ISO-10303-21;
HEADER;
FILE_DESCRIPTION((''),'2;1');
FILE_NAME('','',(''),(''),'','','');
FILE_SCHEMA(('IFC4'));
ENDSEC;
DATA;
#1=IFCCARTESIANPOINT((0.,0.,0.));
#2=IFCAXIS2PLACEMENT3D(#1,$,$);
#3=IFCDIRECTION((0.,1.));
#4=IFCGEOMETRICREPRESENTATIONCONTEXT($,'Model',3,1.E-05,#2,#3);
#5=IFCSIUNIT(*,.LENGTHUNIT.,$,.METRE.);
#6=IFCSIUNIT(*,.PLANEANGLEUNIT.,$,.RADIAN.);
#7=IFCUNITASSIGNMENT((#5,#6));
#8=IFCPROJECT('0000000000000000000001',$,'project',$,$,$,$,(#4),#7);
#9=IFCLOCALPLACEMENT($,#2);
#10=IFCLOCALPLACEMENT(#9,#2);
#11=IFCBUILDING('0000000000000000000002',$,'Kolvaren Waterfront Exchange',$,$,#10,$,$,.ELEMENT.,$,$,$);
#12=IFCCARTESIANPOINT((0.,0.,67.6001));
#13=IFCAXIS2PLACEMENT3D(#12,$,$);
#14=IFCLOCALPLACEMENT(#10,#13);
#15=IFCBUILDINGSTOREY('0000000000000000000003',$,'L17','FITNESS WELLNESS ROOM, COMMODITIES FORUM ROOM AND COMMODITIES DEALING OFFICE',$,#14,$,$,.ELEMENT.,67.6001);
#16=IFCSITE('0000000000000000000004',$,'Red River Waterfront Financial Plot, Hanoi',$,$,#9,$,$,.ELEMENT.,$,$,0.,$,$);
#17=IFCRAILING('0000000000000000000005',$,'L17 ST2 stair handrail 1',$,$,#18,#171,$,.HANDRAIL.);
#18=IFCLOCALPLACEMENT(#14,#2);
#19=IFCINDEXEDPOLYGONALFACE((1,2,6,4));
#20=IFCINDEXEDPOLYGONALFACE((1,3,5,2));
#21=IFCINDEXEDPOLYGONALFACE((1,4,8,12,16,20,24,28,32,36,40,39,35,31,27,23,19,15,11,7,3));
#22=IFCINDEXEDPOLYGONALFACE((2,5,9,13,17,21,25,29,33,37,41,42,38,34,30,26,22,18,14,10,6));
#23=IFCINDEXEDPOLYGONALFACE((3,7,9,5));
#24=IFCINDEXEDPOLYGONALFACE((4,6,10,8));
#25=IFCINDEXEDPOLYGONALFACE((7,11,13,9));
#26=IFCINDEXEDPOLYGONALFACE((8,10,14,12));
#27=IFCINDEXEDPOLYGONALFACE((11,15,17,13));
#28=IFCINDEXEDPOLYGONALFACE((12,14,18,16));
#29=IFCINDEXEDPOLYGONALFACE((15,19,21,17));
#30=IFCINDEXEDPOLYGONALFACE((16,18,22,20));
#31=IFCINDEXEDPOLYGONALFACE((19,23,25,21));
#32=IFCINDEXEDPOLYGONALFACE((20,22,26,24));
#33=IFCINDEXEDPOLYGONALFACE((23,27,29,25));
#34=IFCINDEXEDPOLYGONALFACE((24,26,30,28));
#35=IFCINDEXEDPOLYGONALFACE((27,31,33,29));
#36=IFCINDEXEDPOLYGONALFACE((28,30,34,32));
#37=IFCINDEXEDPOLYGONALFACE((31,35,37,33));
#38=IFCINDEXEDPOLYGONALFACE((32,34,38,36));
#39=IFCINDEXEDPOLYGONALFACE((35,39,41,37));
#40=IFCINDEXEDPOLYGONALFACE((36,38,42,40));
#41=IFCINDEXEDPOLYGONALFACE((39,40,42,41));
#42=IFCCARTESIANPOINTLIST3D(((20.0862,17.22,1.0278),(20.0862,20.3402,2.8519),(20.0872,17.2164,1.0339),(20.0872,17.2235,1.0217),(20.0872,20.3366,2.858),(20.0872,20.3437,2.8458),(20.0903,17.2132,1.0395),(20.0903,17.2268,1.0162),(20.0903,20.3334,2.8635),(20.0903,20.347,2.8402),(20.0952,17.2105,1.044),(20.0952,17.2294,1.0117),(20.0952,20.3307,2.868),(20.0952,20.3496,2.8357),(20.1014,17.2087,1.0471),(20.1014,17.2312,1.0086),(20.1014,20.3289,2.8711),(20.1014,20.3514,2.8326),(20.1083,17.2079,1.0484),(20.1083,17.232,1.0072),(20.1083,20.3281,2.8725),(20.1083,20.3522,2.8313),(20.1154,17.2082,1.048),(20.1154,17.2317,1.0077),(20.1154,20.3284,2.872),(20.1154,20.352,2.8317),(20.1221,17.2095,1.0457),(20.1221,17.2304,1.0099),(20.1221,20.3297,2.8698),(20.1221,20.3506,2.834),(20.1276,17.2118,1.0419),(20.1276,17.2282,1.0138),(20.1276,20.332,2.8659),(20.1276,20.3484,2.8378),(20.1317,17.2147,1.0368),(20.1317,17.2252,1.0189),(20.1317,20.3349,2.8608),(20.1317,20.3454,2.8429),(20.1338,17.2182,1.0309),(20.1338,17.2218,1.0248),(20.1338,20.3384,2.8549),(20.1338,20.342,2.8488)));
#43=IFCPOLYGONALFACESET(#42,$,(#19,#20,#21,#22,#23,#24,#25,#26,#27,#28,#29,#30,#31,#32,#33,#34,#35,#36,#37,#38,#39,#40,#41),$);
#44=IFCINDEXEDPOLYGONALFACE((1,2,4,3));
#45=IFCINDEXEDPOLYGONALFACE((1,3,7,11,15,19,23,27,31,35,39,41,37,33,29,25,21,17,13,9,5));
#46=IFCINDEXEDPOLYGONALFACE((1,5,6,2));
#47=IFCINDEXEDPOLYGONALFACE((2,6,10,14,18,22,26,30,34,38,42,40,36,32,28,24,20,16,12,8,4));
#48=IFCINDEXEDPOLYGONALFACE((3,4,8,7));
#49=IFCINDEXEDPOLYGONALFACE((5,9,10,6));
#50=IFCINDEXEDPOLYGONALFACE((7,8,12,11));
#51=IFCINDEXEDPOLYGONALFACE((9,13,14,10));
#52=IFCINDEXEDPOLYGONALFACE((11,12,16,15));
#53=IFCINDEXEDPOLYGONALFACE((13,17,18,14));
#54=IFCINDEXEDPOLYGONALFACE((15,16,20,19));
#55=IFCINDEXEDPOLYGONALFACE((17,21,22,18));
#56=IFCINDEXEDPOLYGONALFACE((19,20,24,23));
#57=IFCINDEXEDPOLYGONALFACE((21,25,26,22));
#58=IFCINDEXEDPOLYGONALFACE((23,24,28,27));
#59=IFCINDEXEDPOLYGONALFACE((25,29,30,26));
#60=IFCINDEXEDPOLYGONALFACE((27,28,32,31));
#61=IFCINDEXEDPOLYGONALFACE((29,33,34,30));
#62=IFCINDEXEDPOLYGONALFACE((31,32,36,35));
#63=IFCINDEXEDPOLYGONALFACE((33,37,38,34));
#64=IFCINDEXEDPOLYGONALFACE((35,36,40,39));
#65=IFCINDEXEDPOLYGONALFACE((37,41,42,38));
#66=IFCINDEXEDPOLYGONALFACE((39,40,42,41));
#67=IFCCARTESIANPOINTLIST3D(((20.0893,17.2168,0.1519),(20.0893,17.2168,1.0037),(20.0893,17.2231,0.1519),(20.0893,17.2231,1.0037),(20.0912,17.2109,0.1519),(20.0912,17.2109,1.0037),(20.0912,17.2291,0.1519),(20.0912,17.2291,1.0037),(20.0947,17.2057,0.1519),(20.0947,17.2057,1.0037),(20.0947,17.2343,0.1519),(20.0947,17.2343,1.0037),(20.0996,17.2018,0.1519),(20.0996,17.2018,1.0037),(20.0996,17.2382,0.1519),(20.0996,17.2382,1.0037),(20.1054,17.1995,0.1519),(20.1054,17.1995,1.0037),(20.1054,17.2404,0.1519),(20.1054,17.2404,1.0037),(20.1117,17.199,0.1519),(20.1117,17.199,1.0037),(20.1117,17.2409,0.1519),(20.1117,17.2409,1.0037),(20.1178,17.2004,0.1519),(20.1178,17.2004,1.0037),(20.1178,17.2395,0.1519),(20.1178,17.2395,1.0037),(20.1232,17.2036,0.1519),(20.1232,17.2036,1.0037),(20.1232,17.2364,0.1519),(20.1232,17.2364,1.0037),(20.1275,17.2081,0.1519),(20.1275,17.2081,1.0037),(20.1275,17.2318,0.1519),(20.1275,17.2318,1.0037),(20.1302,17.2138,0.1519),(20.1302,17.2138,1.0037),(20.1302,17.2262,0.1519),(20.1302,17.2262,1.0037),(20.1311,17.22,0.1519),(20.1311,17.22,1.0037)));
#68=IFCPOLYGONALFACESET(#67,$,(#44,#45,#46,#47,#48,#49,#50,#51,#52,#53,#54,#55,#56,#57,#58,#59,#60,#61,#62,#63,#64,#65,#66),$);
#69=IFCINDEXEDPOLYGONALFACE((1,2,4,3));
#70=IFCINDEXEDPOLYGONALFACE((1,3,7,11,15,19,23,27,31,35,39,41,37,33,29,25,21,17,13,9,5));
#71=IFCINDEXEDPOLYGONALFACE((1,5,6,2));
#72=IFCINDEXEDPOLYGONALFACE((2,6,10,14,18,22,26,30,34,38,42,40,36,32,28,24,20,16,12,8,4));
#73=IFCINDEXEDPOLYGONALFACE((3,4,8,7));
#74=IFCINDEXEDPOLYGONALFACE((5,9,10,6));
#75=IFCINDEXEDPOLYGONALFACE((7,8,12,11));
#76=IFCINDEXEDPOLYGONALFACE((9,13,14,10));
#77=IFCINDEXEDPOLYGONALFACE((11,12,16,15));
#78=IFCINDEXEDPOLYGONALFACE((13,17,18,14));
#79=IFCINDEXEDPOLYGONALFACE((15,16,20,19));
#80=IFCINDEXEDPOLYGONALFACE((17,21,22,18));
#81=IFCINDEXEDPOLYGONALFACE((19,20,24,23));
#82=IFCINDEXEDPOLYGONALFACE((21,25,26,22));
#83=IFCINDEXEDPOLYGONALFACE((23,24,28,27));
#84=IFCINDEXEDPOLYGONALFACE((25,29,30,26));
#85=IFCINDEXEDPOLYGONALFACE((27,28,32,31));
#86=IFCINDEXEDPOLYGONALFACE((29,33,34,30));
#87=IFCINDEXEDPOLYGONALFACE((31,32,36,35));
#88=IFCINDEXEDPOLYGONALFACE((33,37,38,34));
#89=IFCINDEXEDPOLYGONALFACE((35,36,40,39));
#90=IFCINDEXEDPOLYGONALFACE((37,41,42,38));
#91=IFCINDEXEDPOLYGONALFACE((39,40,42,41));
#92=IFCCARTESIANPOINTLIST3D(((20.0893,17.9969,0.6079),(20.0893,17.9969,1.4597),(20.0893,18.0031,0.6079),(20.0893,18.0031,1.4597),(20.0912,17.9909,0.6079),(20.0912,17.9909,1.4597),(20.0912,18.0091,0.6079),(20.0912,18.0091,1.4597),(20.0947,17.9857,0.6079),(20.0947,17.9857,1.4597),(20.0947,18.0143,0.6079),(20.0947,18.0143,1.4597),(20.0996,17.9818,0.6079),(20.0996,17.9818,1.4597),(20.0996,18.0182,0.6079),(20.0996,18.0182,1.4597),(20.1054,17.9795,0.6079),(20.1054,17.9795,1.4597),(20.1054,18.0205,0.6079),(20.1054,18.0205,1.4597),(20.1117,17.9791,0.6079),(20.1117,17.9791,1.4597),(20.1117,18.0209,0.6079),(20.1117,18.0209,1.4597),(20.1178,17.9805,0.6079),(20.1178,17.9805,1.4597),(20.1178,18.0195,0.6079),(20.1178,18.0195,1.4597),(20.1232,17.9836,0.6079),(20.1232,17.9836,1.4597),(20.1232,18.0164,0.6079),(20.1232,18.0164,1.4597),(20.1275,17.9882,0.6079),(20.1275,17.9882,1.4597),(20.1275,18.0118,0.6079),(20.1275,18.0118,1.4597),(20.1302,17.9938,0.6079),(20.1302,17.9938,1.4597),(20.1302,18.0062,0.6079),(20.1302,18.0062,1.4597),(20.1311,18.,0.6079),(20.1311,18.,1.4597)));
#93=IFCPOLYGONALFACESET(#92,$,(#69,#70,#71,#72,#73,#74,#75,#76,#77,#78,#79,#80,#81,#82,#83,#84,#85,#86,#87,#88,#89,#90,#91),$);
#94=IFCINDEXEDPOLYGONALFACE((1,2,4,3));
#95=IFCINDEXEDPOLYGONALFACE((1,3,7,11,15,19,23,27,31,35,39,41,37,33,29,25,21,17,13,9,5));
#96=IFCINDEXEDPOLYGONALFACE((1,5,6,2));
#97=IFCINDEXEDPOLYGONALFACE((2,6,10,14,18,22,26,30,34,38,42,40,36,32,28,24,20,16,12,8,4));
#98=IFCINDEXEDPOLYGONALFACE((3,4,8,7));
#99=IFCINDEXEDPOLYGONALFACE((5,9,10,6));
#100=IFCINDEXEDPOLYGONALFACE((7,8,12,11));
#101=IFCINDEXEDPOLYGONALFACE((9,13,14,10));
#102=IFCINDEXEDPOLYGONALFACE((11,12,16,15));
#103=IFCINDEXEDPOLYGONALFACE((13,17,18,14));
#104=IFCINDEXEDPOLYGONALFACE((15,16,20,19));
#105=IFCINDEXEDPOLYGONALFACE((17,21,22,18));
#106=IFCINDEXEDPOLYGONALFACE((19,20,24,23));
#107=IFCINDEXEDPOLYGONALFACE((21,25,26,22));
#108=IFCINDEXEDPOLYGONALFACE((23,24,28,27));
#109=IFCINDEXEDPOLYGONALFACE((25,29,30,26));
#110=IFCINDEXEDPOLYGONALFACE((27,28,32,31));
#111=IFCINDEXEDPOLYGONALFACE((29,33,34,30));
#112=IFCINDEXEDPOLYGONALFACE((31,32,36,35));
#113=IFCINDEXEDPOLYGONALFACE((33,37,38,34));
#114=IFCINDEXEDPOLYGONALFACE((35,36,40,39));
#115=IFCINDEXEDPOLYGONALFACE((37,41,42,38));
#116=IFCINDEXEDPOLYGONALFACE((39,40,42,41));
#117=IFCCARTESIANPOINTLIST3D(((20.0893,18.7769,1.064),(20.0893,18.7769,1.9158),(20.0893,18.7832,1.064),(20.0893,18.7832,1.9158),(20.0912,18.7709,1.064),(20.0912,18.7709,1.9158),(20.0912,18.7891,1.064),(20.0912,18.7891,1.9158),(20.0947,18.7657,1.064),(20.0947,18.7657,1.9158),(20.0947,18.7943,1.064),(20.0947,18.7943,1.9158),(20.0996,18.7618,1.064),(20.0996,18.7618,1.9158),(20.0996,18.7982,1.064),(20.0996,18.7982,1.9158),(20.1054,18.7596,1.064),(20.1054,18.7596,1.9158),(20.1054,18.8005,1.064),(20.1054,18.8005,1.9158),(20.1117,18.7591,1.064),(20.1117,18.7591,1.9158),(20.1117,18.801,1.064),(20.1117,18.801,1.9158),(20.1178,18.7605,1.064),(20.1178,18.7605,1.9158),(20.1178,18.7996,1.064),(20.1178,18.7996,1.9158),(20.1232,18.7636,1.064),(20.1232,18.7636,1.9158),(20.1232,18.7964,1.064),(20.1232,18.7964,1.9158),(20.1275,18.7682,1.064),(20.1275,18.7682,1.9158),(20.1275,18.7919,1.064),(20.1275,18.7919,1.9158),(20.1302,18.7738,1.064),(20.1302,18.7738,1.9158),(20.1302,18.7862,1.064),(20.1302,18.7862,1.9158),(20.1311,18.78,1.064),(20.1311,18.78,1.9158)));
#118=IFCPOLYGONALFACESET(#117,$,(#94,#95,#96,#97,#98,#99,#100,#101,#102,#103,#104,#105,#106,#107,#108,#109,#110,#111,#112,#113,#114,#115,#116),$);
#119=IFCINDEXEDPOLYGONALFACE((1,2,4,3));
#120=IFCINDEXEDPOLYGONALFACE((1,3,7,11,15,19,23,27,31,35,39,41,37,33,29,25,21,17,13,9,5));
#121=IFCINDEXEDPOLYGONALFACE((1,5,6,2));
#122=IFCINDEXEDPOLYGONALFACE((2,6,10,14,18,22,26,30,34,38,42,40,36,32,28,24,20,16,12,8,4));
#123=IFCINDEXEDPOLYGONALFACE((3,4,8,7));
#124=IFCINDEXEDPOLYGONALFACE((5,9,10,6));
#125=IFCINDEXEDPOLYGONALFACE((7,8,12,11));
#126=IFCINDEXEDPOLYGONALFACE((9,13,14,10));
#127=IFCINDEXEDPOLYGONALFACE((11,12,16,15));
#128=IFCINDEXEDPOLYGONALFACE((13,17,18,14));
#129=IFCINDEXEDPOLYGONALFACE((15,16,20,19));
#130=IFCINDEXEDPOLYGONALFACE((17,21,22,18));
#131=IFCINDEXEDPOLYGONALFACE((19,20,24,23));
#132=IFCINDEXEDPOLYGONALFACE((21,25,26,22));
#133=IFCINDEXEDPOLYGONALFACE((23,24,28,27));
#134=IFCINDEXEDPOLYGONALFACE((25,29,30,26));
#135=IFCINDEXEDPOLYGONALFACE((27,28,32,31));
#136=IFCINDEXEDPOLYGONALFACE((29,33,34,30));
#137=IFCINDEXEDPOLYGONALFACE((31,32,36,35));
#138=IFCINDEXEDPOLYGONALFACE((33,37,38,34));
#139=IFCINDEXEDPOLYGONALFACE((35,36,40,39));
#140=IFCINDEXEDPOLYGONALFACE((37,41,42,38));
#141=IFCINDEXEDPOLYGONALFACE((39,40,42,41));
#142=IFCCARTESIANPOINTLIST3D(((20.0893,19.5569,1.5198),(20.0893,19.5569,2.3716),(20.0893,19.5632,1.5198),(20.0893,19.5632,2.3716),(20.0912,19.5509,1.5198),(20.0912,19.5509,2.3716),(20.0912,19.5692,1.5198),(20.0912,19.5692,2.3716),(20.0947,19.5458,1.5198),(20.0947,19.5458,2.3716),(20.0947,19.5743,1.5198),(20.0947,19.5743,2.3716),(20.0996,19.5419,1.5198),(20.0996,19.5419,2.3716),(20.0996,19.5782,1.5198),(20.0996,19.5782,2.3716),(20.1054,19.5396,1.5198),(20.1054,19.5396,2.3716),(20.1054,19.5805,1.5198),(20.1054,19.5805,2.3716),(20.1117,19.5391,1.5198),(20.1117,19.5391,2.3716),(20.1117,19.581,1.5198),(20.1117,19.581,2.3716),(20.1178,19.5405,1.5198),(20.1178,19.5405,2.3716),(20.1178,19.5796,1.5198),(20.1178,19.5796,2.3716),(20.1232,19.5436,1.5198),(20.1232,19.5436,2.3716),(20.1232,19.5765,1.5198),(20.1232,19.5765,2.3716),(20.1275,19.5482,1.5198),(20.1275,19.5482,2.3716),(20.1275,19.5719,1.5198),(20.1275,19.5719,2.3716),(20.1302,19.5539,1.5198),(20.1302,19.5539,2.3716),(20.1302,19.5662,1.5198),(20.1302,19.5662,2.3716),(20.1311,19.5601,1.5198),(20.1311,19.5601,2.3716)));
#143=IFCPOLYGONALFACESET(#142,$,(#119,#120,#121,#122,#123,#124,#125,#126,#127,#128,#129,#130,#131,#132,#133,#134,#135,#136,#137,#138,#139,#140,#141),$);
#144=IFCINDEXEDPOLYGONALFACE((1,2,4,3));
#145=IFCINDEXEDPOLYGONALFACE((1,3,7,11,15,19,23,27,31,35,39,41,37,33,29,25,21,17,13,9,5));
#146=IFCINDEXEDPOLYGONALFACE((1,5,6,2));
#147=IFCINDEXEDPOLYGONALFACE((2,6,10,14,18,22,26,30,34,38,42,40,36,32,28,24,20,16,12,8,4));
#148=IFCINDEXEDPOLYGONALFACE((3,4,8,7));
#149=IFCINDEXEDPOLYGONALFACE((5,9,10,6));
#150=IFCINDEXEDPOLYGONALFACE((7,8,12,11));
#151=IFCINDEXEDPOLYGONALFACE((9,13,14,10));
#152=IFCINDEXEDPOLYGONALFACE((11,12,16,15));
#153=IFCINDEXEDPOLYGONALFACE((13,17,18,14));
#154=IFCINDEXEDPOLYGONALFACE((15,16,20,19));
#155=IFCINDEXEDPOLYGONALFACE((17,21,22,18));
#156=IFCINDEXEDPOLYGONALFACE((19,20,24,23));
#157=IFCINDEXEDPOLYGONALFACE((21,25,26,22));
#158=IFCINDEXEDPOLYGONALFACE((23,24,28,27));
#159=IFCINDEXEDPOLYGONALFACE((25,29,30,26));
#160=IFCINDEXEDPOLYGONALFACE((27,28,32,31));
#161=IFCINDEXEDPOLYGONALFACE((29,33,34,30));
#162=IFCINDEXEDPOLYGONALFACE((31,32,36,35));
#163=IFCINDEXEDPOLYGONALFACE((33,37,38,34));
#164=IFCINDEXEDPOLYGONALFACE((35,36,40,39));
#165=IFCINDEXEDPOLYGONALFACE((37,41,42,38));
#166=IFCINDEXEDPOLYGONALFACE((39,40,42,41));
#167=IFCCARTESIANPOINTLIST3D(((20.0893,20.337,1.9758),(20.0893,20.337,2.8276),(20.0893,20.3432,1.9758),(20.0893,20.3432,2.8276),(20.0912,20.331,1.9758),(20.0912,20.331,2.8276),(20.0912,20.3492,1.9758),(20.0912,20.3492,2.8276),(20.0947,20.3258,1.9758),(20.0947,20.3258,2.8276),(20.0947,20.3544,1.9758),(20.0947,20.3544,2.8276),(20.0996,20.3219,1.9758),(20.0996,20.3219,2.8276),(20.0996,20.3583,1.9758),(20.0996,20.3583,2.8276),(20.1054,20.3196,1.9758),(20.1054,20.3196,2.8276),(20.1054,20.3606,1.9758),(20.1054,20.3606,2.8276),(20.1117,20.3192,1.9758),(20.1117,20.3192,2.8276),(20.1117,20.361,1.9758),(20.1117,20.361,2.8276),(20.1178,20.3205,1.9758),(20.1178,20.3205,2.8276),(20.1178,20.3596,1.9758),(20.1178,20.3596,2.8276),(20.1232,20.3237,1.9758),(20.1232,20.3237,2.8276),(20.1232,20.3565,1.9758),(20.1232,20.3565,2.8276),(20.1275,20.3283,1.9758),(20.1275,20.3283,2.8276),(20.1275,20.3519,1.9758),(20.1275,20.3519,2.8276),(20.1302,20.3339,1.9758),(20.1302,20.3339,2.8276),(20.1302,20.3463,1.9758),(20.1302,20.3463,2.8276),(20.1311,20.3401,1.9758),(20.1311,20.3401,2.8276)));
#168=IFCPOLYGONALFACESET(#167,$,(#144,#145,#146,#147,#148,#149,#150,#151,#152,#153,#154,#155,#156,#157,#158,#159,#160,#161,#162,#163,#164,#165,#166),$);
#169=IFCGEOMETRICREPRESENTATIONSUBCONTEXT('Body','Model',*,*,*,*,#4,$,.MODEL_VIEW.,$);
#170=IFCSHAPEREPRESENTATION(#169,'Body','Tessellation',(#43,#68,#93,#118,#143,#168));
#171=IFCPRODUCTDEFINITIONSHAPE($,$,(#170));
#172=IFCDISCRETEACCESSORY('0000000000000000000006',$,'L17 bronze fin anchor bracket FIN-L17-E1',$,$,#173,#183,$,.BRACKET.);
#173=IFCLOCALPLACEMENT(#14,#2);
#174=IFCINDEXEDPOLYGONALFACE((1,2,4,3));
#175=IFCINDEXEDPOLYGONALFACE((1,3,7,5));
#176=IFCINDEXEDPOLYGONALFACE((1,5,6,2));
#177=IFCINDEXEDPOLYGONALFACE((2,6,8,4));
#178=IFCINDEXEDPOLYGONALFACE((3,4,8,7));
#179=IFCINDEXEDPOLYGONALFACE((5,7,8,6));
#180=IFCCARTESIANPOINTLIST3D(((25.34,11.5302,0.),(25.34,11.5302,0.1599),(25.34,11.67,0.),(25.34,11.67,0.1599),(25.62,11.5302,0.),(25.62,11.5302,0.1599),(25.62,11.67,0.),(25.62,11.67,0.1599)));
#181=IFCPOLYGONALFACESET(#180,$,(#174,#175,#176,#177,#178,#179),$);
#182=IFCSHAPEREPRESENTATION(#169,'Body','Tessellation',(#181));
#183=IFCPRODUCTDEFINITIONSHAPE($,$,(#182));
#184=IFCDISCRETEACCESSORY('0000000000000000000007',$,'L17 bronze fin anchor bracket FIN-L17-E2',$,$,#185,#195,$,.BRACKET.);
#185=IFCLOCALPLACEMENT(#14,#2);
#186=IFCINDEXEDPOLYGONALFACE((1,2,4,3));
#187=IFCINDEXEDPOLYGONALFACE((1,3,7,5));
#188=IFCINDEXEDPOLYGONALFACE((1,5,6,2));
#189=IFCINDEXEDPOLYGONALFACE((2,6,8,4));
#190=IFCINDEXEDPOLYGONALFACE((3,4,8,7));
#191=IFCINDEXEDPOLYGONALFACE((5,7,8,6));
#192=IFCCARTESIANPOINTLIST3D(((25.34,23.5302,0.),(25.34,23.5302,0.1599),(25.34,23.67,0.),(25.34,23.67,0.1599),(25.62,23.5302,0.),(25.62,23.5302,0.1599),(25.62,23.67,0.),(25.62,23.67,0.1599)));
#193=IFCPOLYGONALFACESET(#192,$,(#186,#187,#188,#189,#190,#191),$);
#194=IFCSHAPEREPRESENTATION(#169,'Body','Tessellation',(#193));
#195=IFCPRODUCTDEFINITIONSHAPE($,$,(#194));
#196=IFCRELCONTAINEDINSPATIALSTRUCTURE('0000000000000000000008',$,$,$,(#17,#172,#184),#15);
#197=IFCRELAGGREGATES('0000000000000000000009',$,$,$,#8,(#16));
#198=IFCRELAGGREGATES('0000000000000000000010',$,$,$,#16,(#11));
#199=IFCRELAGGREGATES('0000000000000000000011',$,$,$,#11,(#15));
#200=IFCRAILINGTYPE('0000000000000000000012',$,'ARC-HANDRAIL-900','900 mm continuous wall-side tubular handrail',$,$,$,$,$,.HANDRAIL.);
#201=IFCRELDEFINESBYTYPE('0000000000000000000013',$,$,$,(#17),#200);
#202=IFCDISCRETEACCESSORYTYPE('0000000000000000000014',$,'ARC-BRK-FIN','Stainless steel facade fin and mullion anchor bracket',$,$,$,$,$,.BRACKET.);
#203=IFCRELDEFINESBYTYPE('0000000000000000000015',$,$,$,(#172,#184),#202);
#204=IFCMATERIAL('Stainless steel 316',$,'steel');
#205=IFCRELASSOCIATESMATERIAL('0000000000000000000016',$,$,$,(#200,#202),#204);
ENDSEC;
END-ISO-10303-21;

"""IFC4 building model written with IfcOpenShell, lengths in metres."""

from ifc_helpers import new_model, si_unit, direction, frame, origin, origin_with_axes, origin_2d, place, context, subcontext, project, spatial, rectangle, circle, extrude, source, transform, mapped, material, type_object, element, save


model = new_model("IFC4")

# Units and contexts
model_context = context("Model", 3, precision=1e-05, world=origin(), true_north=direction((0.0, 1.0)))
body_context = subcontext(model_context, "Body", "Model", "MODEL_VIEW")
ifc_project = project(units=[si_unit("LENGTHUNIT", "METRE"), si_unit("PLANEANGLEUNIT", "RADIAN")], contexts=[model_context])

# Site, building, storey
site_placement = place(None, origin())
site = spatial("IfcSite", under=ifc_project, at=site_placement, Name="Red River Waterfront Financial Plot, Hanoi", CompositionType="ELEMENT", RefElevation=0.0)
building_placement = place(site_placement, origin())
building = spatial("IfcBuilding", under=site, at=building_placement, Name="Kolvaren Waterfront Exchange", CompositionType="ELEMENT")
storey_placement = place(building_placement, frame((0.0, 0.0, 67.6001)))
storey = spatial("IfcBuildingStorey", under=building, at=storey_placement, Name="L17", Description="FITNESS WELLNESS ROOM, COMMODITIES FORUM ROOM AND COMMODITIES DEALING OFFICE", CompositionType="ELEMENT", Elevation=67.6001)

# Railing
ifc_material_1 = material(Name="Stainless steel 316", Category="steel")
railing_type = type_object("IfcRailingType", Name="ARC-HANDRAIL-900", Description="900 mm continuous wall-side tubular handrail", PredefinedType="HANDRAIL", material=ifc_material_1)
railing_placement = place(storey_placement, frame((20.1101, 17.22, 0.1519)))
element("IfcRailing", 1, at=railing_placement, inside=storey, type_object=railing_type, Name="L17 ST2 stair handrail 1", PredefinedType="HANDRAIL", context=body_context, shape_type="SweptSolid", body=[
    extrude(circle(Radius=0.0239, at=origin_2d()), frame((0.0, 0.0, 0.876), z_axis=(0.0, 0.863308, 0.504677), x_axis=(-1.0, 0.0, 0.0)), (0.0, 0.0, 1.0), 3.6143),
    extrude(circle(Radius=0.021, at=origin_2d()), origin(), (0.0, 0.0, 1.0), 0.8518),
    extrude(circle(Radius=0.021, at=origin_2d()), frame((0.0, 0.78, 0.4561)), (0.0, 0.0, 1.0), 0.8518),
    extrude(circle(Radius=0.021, at=origin_2d()), frame((0.0, 1.5601, 0.9121)), (0.0, 0.0, 1.0), 0.8518),
    extrude(circle(Radius=0.021, at=origin_2d()), frame((0.0, 2.3401, 1.3679)), (0.0, 0.0, 1.0), 0.8518),
    extrude(circle(Radius=0.021, at=origin_2d()), frame((0.0, 3.1201, 1.824)), (0.0, 0.0, 1.0), 0.8518),
])

# Discrete accessories
discrete_accessory_type = type_object("IfcDiscreteAccessoryType", Name="ARC-BRK-FIN", Description="Stainless steel facade fin and mullion anchor bracket", PredefinedType="BRACKET", material=ifc_material_1)
shared_shape_1 = source(origin_with_axes(), body_context, "Body", "SweptSolid", [
    extrude(rectangle(XDim=0.28, YDim=0.1399, at=origin_2d()), origin(), (0.0, 0.0, 1.0), 0.1599),
])
for number, where, z_axis, x_axis, name in (
    (2, (25.48, 11.6001, 0.0), (0.0, 0.0, 1.0), (1.0, 0.0, 0.0), "L17 bronze fin anchor bracket FIN-L17-E1"),
    (3, (25.48, 23.6001, 0.0), (0.0, 0.0, 1.0), (1.0, 0.0, 0.0), "L17 bronze fin anchor bracket FIN-L17-E2"),
):
    element("IfcDiscreteAccessory", number, at=place(storey_placement, frame(where, z_axis=z_axis, x_axis=x_axis)), inside=storey, type_object=discrete_accessory_type, Name=name, PredefinedType="BRACKET", context=body_context, shape_type="MappedRepresentation", body=[
        mapped(shared_shape_1, transform((0.0, 0.0, 0.0), x_axis=(1.0, 0.0, 0.0), y_axis=(0.0, 1.0, 0.0), z_axis=(0.0, 0.0, 1.0), scale=1.0)),
    ])

save(model, "model.ifc")
